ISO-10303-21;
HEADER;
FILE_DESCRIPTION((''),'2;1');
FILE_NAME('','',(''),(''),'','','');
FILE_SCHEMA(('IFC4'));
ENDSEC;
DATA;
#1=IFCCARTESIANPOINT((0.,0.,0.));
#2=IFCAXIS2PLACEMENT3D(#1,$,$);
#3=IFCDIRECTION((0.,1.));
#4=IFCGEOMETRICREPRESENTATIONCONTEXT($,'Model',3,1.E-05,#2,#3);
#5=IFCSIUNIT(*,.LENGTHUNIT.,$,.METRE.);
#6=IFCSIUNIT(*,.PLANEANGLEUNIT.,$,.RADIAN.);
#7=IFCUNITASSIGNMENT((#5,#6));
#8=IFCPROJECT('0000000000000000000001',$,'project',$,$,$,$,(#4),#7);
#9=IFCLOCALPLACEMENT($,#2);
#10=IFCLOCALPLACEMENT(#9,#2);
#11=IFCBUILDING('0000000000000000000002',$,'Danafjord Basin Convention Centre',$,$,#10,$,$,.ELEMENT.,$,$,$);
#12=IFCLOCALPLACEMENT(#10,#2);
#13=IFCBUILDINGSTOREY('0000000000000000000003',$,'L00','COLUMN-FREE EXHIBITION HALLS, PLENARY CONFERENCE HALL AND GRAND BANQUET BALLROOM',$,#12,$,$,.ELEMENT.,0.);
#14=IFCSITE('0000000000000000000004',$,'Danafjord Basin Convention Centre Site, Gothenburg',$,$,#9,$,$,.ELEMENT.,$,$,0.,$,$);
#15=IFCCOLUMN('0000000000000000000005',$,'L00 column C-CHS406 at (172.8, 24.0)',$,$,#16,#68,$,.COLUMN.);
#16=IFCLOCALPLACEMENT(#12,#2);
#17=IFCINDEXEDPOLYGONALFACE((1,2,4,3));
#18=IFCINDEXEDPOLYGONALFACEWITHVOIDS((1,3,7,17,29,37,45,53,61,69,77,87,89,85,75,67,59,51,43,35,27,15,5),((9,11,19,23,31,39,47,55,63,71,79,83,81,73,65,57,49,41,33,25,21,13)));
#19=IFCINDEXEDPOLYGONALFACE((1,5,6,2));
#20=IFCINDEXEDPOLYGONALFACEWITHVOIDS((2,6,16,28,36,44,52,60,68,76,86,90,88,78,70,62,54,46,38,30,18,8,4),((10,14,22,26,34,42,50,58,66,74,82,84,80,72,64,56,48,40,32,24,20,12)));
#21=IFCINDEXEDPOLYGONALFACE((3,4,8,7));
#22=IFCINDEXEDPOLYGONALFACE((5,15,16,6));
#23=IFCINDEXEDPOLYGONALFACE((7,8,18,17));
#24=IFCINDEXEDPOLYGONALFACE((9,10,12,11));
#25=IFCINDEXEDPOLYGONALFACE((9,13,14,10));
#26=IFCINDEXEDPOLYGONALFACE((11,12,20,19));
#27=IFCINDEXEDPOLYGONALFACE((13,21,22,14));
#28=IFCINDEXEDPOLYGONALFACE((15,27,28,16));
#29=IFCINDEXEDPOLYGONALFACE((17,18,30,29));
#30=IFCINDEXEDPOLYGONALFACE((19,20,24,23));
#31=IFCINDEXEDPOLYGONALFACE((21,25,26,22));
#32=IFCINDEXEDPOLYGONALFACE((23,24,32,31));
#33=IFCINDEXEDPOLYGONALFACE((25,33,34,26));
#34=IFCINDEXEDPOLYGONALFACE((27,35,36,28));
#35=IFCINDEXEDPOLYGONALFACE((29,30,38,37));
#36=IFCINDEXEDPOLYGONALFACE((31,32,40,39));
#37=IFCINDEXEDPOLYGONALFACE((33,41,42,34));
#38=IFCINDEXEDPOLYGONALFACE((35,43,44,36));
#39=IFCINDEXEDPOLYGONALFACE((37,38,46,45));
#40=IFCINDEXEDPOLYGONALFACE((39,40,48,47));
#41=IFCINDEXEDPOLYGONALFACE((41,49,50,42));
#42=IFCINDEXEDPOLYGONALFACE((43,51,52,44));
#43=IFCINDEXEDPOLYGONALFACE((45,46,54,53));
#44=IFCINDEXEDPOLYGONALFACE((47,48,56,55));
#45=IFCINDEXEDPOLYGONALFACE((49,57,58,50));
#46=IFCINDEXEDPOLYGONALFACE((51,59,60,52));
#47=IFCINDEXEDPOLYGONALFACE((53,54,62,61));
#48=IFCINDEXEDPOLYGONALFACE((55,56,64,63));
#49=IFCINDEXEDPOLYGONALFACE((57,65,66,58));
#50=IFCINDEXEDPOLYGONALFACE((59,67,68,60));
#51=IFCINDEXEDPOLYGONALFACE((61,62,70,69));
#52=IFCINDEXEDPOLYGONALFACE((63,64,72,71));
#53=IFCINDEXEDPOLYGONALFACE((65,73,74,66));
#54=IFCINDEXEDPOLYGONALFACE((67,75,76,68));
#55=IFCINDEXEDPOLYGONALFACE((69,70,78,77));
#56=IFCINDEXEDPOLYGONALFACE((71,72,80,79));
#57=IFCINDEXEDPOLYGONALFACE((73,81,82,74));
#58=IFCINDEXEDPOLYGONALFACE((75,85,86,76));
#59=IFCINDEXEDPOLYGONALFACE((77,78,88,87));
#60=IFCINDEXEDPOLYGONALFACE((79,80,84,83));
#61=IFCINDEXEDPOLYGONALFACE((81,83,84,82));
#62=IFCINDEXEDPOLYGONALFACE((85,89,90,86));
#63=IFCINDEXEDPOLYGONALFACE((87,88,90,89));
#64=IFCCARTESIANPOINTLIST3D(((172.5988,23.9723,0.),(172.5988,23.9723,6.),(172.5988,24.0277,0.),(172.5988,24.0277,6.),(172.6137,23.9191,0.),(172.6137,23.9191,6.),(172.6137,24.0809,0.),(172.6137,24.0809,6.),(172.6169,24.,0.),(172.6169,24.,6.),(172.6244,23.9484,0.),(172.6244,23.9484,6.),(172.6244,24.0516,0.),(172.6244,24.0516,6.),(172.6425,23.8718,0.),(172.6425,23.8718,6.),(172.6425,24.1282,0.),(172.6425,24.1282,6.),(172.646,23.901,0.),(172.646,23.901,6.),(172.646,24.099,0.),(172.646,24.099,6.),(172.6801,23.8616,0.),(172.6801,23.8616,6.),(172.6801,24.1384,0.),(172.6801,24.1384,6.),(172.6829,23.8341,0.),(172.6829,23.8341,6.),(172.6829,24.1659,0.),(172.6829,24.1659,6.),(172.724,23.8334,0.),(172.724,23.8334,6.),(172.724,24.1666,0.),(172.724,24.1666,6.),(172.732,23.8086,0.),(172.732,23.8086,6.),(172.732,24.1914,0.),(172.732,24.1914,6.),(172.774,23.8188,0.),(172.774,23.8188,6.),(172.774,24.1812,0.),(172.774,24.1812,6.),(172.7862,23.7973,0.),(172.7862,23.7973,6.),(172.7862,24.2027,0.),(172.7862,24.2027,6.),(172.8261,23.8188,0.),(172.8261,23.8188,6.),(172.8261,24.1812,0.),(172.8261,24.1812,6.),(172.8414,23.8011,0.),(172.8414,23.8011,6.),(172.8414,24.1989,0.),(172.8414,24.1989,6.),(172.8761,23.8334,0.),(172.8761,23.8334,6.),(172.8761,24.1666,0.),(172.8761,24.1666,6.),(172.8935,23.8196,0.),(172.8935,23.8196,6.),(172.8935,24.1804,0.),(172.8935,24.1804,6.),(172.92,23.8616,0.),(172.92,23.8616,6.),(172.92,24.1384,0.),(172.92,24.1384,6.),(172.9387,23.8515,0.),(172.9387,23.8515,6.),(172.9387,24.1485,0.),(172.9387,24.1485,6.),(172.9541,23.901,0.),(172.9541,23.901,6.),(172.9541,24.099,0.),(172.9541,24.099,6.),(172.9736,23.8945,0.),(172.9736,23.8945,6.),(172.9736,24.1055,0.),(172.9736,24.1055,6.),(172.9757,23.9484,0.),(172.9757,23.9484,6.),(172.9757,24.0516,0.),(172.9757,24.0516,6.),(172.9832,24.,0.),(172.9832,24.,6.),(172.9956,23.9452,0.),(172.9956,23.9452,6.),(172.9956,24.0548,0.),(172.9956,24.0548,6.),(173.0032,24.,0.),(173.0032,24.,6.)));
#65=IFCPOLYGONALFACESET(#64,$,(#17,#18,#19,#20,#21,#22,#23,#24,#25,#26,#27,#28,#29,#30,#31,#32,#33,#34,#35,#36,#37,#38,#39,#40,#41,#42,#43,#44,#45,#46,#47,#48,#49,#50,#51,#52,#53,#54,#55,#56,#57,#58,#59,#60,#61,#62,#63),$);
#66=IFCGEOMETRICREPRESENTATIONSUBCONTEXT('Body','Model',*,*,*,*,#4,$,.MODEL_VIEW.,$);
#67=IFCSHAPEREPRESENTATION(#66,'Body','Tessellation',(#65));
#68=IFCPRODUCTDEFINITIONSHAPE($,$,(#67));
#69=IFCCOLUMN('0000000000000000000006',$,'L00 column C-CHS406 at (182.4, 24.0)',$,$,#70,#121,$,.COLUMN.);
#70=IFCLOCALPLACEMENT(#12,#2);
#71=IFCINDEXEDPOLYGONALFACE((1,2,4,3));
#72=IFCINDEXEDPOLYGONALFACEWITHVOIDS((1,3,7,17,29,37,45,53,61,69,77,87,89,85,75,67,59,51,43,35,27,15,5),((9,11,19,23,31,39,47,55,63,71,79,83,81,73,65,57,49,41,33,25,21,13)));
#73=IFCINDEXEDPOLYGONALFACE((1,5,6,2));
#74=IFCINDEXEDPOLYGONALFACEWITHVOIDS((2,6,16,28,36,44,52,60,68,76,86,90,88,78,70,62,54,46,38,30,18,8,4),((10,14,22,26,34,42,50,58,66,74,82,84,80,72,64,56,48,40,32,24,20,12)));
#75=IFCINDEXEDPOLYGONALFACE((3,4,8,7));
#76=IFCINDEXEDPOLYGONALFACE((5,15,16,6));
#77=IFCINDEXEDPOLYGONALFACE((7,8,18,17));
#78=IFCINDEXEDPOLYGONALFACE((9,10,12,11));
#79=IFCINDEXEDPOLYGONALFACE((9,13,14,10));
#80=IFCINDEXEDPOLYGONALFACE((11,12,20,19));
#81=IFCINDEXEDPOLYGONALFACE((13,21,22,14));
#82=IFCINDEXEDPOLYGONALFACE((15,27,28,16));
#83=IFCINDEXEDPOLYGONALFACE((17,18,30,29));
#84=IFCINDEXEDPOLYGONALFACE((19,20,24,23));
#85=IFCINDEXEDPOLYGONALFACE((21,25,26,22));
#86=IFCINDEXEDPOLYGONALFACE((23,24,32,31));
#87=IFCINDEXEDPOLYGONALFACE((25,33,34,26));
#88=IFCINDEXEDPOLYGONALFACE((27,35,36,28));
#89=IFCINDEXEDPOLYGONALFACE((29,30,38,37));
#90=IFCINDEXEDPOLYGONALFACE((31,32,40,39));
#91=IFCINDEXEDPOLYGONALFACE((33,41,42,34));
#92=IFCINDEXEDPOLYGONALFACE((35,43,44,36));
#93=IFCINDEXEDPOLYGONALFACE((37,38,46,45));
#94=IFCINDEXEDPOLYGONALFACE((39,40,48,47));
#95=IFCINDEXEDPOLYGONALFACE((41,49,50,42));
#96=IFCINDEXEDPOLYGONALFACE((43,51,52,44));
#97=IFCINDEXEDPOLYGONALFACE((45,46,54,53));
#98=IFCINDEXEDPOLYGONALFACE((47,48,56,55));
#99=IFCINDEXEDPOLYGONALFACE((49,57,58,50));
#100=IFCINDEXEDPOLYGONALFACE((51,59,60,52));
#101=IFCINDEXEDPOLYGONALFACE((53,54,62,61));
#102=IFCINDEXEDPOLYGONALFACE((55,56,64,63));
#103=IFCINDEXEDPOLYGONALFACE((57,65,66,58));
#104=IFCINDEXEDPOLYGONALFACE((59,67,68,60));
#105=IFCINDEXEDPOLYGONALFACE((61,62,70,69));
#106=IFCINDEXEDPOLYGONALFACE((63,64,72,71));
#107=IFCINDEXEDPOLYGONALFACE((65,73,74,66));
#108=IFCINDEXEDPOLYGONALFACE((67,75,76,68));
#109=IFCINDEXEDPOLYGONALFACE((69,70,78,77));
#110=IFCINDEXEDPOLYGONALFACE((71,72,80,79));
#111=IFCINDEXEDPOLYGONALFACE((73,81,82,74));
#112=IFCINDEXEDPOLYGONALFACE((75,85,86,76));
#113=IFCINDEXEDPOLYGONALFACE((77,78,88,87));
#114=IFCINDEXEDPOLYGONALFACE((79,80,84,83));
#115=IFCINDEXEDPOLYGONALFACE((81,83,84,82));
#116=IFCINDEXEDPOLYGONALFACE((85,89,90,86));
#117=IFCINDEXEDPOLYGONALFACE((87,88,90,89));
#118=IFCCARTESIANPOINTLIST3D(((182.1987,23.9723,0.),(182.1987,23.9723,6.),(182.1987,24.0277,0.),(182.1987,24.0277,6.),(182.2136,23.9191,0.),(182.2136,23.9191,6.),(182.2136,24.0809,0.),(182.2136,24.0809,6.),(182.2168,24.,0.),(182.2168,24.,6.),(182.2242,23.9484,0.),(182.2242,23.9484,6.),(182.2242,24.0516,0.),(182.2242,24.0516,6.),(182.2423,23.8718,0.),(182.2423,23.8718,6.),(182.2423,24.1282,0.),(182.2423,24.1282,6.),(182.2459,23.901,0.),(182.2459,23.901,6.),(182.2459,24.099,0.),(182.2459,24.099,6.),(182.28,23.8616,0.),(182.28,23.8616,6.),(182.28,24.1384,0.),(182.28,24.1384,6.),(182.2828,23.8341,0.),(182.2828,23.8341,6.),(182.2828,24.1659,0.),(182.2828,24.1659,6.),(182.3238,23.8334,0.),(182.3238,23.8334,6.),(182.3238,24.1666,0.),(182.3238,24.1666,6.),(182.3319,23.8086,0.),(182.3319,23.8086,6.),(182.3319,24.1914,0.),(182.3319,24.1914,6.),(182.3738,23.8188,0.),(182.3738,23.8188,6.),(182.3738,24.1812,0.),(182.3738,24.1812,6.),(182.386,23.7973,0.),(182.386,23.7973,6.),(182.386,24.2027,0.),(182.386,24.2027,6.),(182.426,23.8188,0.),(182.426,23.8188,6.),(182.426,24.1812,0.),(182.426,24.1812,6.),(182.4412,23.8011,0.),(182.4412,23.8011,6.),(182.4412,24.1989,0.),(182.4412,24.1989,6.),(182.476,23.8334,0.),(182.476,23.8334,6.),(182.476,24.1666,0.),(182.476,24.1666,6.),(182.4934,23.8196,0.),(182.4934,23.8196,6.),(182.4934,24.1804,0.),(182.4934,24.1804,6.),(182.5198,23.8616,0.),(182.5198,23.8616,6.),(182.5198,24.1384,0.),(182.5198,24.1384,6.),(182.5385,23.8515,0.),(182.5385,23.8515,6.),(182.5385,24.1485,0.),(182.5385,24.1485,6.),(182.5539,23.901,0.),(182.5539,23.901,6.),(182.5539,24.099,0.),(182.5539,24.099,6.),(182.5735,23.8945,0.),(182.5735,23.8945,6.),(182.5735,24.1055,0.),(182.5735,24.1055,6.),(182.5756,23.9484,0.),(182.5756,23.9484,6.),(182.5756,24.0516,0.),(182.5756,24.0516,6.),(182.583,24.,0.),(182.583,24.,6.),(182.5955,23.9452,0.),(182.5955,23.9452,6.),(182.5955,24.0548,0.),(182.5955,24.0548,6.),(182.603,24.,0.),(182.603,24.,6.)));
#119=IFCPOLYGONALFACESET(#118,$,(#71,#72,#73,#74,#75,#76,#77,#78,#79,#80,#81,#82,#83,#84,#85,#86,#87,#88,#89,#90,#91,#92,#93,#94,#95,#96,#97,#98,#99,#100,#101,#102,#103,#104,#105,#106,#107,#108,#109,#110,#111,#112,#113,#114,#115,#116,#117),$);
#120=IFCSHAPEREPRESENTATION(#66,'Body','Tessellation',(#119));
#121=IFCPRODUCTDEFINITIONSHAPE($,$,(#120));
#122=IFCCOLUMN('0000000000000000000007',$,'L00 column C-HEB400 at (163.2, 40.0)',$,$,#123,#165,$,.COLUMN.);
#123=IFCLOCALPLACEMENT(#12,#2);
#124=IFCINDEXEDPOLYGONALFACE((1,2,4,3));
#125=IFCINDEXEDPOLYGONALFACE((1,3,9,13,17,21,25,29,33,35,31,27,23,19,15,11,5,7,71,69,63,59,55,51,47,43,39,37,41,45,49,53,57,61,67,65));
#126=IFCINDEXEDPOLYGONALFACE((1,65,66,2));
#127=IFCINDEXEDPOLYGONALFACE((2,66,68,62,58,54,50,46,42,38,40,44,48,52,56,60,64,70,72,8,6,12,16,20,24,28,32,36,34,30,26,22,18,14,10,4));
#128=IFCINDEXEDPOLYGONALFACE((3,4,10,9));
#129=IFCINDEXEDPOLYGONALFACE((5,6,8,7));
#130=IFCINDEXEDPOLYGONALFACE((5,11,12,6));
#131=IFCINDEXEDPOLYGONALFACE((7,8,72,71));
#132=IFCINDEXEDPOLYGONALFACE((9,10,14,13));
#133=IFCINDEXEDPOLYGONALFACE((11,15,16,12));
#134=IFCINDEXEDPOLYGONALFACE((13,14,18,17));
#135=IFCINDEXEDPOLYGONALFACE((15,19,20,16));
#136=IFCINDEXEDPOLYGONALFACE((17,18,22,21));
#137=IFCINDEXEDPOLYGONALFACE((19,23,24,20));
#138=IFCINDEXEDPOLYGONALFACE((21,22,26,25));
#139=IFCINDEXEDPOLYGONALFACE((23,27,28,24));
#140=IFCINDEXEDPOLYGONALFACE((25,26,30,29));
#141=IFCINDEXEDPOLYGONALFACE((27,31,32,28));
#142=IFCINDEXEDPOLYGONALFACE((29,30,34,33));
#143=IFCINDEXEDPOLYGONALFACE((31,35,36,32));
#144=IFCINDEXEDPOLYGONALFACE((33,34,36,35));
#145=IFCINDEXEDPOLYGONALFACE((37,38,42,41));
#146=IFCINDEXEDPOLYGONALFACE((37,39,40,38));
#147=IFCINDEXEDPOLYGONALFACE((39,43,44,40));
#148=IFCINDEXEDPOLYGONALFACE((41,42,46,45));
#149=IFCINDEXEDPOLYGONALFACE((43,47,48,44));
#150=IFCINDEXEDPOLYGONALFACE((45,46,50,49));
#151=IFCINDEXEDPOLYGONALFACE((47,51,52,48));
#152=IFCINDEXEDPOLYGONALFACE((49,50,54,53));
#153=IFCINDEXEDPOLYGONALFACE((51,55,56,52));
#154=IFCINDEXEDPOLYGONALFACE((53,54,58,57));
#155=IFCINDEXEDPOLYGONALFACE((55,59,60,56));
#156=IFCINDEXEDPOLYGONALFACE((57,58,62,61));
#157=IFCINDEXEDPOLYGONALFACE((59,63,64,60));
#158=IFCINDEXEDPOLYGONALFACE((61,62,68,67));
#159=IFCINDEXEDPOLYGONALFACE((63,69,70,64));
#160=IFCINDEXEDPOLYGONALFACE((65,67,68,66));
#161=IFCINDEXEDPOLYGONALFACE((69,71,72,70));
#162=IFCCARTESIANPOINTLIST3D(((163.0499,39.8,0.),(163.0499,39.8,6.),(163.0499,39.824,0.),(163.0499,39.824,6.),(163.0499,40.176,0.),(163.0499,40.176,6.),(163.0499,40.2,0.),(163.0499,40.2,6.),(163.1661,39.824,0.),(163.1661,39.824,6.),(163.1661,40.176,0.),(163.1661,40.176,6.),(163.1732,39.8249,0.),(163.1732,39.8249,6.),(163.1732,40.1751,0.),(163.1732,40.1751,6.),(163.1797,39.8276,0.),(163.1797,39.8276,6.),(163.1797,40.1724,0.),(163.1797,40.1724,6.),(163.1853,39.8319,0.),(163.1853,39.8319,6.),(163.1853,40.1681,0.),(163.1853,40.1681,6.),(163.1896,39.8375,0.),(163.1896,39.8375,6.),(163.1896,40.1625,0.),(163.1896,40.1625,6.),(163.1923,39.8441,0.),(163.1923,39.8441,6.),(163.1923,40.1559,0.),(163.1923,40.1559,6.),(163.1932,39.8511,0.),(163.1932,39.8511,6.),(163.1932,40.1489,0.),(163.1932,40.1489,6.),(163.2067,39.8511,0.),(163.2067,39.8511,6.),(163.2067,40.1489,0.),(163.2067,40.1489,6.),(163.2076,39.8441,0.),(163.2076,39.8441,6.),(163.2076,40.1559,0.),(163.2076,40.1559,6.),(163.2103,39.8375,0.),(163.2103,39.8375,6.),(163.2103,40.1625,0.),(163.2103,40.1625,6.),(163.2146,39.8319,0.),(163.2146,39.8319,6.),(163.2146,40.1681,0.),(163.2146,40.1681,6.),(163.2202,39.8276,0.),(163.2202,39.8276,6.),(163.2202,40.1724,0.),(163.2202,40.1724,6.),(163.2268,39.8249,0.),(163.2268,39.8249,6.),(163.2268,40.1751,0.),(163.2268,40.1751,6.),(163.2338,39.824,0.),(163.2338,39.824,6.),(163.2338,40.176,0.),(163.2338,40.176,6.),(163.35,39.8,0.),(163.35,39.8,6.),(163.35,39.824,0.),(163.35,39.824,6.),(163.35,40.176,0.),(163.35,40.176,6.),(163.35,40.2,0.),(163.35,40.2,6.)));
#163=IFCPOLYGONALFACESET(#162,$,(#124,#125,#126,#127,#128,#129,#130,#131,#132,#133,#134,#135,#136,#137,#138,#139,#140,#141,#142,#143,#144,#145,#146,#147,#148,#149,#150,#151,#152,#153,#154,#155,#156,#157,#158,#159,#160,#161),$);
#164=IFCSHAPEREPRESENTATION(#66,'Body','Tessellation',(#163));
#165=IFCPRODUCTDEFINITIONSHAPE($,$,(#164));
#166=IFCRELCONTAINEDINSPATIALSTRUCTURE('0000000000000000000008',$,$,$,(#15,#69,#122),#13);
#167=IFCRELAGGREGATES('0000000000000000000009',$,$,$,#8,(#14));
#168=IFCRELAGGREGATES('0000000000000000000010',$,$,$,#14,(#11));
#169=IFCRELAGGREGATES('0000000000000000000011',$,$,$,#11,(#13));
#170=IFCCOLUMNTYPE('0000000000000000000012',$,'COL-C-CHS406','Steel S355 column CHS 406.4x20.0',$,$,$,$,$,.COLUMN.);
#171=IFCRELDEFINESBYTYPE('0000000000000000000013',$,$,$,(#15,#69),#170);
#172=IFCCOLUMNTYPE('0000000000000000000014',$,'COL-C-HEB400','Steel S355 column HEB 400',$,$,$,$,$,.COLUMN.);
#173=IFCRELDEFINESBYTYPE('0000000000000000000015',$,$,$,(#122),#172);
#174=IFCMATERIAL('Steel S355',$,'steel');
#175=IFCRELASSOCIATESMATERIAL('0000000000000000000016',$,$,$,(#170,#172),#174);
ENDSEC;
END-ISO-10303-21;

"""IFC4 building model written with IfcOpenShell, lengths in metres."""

from ifc_helpers import new_model, si_unit, direction, frame, origin, origin_2d, place, context, subcontext, project, spatial, hollow_circle, i_section, extrude, material, material_profile, profile_set, type_object, element, save


model = new_model("IFC4")

# Units and contexts
model_context = context("Model", 3, precision=1e-05, world=origin(), true_north=direction((0.0, 1.0)))
body_context = subcontext(model_context, "Body", "Model", "MODEL_VIEW")
ifc_project = project(units=[si_unit("LENGTHUNIT", "METRE"), si_unit("PLANEANGLEUNIT", "RADIAN")], contexts=[model_context])

# Site, building, storey
site_placement = place(None, origin())
site = spatial("IfcSite", under=ifc_project, at=site_placement, Name="Danafjord Basin Convention Centre Site, Gothenburg", CompositionType="ELEMENT", RefElevation=0.0)
building_placement = place(site_placement, origin())
building = spatial("IfcBuilding", under=site, at=building_placement, Name="Danafjord Basin Convention Centre", CompositionType="ELEMENT")
storey_placement = place(building_placement, origin())
storey = spatial("IfcBuildingStorey", under=building, at=storey_placement, Name="L00", Description="COLUMN-FREE EXHIBITION HALLS, PLENARY CONFERENCE HALL AND GRAND BANQUET BALLROOM", CompositionType="ELEMENT", Elevation=0.0)

# Columns
ifc_material_1 = material(Name="Steel S355", Category="steel")
ifc_material_profile_1 = material_profile(ifc_material_1, hollow_circle(Radius=0.2031, WallThickness=0.02, at=origin_2d()), Name="CHS 406.4x20.0")
ifc_profile_set_1 = profile_set([ifc_material_profile_1], Name="Steel S355")
column_type_1 = type_object("IfcColumnType", Name="COL-C-CHS406", Description="Steel S355 column CHS 406.4x20.0", PredefinedType="COLUMN", material=ifc_profile_set_1)
for number, where, z_axis, x_axis, name in (
    (1, (172.8, 24.0, 0.0), (0.0, 0.0, 1.0), (1.0, 0.0, 0.0), "L00 column C-CHS406 at (172.8, 24.0)"),
    (2, (182.3999, 24.0, 0.0), (0.0, 0.0, 1.0), (1.0, 0.0, 0.0), "L00 column C-CHS406 at (182.4, 24.0)"),
):
    element("IfcColumn", number, at=place(storey_placement, frame(where, z_axis=z_axis, x_axis=x_axis)), inside=storey, type_object=column_type_1, Name=name, PredefinedType="COLUMN", context=body_context, shape_type="SweptSolid", body=[
        extrude(hollow_circle(Radius=0.2031, WallThickness=0.02, at=origin_2d()), origin(), (0.0, 0.0, 1.0), 6.0),
    ])
ifc_material_profile_2 = material_profile(ifc_material_1, i_section(OverallWidth=0.3, OverallDepth=0.3999, WebThickness=0.0134, FlangeThickness=0.0239, FilletRadius=0.0271, at=origin_2d()), Name="HEB 400")
ifc_profile_set_2 = profile_set([ifc_material_profile_2], Name="Steel S355")
column_type_2 = type_object("IfcColumnType", Name="COL-C-HEB400", Description="Steel S355 column HEB 400", PredefinedType="COLUMN", material=ifc_profile_set_2)
for number, where, z_axis, x_axis, name in (
    (3, (163.2, 40.0, 0.0), (0.0, 0.0, 1.0), (1.0, 0.0, 0.0), "L00 column C-HEB400 at (163.2, 40.0)"),
):
    element("IfcColumn", number, at=place(storey_placement, frame(where, z_axis=z_axis, x_axis=x_axis)), inside=storey, type_object=column_type_2, Name=name, PredefinedType="COLUMN", context=body_context, shape_type="SweptSolid", body=[
        extrude(i_section(OverallWidth=0.3, OverallDepth=0.3999, WebThickness=0.0134, FlangeThickness=0.0239, FilletRadius=0.0271, at=origin_2d()), origin(), (0.0, 0.0, 1.0), 6.0),
    ])

save(model, "model.ifc")
